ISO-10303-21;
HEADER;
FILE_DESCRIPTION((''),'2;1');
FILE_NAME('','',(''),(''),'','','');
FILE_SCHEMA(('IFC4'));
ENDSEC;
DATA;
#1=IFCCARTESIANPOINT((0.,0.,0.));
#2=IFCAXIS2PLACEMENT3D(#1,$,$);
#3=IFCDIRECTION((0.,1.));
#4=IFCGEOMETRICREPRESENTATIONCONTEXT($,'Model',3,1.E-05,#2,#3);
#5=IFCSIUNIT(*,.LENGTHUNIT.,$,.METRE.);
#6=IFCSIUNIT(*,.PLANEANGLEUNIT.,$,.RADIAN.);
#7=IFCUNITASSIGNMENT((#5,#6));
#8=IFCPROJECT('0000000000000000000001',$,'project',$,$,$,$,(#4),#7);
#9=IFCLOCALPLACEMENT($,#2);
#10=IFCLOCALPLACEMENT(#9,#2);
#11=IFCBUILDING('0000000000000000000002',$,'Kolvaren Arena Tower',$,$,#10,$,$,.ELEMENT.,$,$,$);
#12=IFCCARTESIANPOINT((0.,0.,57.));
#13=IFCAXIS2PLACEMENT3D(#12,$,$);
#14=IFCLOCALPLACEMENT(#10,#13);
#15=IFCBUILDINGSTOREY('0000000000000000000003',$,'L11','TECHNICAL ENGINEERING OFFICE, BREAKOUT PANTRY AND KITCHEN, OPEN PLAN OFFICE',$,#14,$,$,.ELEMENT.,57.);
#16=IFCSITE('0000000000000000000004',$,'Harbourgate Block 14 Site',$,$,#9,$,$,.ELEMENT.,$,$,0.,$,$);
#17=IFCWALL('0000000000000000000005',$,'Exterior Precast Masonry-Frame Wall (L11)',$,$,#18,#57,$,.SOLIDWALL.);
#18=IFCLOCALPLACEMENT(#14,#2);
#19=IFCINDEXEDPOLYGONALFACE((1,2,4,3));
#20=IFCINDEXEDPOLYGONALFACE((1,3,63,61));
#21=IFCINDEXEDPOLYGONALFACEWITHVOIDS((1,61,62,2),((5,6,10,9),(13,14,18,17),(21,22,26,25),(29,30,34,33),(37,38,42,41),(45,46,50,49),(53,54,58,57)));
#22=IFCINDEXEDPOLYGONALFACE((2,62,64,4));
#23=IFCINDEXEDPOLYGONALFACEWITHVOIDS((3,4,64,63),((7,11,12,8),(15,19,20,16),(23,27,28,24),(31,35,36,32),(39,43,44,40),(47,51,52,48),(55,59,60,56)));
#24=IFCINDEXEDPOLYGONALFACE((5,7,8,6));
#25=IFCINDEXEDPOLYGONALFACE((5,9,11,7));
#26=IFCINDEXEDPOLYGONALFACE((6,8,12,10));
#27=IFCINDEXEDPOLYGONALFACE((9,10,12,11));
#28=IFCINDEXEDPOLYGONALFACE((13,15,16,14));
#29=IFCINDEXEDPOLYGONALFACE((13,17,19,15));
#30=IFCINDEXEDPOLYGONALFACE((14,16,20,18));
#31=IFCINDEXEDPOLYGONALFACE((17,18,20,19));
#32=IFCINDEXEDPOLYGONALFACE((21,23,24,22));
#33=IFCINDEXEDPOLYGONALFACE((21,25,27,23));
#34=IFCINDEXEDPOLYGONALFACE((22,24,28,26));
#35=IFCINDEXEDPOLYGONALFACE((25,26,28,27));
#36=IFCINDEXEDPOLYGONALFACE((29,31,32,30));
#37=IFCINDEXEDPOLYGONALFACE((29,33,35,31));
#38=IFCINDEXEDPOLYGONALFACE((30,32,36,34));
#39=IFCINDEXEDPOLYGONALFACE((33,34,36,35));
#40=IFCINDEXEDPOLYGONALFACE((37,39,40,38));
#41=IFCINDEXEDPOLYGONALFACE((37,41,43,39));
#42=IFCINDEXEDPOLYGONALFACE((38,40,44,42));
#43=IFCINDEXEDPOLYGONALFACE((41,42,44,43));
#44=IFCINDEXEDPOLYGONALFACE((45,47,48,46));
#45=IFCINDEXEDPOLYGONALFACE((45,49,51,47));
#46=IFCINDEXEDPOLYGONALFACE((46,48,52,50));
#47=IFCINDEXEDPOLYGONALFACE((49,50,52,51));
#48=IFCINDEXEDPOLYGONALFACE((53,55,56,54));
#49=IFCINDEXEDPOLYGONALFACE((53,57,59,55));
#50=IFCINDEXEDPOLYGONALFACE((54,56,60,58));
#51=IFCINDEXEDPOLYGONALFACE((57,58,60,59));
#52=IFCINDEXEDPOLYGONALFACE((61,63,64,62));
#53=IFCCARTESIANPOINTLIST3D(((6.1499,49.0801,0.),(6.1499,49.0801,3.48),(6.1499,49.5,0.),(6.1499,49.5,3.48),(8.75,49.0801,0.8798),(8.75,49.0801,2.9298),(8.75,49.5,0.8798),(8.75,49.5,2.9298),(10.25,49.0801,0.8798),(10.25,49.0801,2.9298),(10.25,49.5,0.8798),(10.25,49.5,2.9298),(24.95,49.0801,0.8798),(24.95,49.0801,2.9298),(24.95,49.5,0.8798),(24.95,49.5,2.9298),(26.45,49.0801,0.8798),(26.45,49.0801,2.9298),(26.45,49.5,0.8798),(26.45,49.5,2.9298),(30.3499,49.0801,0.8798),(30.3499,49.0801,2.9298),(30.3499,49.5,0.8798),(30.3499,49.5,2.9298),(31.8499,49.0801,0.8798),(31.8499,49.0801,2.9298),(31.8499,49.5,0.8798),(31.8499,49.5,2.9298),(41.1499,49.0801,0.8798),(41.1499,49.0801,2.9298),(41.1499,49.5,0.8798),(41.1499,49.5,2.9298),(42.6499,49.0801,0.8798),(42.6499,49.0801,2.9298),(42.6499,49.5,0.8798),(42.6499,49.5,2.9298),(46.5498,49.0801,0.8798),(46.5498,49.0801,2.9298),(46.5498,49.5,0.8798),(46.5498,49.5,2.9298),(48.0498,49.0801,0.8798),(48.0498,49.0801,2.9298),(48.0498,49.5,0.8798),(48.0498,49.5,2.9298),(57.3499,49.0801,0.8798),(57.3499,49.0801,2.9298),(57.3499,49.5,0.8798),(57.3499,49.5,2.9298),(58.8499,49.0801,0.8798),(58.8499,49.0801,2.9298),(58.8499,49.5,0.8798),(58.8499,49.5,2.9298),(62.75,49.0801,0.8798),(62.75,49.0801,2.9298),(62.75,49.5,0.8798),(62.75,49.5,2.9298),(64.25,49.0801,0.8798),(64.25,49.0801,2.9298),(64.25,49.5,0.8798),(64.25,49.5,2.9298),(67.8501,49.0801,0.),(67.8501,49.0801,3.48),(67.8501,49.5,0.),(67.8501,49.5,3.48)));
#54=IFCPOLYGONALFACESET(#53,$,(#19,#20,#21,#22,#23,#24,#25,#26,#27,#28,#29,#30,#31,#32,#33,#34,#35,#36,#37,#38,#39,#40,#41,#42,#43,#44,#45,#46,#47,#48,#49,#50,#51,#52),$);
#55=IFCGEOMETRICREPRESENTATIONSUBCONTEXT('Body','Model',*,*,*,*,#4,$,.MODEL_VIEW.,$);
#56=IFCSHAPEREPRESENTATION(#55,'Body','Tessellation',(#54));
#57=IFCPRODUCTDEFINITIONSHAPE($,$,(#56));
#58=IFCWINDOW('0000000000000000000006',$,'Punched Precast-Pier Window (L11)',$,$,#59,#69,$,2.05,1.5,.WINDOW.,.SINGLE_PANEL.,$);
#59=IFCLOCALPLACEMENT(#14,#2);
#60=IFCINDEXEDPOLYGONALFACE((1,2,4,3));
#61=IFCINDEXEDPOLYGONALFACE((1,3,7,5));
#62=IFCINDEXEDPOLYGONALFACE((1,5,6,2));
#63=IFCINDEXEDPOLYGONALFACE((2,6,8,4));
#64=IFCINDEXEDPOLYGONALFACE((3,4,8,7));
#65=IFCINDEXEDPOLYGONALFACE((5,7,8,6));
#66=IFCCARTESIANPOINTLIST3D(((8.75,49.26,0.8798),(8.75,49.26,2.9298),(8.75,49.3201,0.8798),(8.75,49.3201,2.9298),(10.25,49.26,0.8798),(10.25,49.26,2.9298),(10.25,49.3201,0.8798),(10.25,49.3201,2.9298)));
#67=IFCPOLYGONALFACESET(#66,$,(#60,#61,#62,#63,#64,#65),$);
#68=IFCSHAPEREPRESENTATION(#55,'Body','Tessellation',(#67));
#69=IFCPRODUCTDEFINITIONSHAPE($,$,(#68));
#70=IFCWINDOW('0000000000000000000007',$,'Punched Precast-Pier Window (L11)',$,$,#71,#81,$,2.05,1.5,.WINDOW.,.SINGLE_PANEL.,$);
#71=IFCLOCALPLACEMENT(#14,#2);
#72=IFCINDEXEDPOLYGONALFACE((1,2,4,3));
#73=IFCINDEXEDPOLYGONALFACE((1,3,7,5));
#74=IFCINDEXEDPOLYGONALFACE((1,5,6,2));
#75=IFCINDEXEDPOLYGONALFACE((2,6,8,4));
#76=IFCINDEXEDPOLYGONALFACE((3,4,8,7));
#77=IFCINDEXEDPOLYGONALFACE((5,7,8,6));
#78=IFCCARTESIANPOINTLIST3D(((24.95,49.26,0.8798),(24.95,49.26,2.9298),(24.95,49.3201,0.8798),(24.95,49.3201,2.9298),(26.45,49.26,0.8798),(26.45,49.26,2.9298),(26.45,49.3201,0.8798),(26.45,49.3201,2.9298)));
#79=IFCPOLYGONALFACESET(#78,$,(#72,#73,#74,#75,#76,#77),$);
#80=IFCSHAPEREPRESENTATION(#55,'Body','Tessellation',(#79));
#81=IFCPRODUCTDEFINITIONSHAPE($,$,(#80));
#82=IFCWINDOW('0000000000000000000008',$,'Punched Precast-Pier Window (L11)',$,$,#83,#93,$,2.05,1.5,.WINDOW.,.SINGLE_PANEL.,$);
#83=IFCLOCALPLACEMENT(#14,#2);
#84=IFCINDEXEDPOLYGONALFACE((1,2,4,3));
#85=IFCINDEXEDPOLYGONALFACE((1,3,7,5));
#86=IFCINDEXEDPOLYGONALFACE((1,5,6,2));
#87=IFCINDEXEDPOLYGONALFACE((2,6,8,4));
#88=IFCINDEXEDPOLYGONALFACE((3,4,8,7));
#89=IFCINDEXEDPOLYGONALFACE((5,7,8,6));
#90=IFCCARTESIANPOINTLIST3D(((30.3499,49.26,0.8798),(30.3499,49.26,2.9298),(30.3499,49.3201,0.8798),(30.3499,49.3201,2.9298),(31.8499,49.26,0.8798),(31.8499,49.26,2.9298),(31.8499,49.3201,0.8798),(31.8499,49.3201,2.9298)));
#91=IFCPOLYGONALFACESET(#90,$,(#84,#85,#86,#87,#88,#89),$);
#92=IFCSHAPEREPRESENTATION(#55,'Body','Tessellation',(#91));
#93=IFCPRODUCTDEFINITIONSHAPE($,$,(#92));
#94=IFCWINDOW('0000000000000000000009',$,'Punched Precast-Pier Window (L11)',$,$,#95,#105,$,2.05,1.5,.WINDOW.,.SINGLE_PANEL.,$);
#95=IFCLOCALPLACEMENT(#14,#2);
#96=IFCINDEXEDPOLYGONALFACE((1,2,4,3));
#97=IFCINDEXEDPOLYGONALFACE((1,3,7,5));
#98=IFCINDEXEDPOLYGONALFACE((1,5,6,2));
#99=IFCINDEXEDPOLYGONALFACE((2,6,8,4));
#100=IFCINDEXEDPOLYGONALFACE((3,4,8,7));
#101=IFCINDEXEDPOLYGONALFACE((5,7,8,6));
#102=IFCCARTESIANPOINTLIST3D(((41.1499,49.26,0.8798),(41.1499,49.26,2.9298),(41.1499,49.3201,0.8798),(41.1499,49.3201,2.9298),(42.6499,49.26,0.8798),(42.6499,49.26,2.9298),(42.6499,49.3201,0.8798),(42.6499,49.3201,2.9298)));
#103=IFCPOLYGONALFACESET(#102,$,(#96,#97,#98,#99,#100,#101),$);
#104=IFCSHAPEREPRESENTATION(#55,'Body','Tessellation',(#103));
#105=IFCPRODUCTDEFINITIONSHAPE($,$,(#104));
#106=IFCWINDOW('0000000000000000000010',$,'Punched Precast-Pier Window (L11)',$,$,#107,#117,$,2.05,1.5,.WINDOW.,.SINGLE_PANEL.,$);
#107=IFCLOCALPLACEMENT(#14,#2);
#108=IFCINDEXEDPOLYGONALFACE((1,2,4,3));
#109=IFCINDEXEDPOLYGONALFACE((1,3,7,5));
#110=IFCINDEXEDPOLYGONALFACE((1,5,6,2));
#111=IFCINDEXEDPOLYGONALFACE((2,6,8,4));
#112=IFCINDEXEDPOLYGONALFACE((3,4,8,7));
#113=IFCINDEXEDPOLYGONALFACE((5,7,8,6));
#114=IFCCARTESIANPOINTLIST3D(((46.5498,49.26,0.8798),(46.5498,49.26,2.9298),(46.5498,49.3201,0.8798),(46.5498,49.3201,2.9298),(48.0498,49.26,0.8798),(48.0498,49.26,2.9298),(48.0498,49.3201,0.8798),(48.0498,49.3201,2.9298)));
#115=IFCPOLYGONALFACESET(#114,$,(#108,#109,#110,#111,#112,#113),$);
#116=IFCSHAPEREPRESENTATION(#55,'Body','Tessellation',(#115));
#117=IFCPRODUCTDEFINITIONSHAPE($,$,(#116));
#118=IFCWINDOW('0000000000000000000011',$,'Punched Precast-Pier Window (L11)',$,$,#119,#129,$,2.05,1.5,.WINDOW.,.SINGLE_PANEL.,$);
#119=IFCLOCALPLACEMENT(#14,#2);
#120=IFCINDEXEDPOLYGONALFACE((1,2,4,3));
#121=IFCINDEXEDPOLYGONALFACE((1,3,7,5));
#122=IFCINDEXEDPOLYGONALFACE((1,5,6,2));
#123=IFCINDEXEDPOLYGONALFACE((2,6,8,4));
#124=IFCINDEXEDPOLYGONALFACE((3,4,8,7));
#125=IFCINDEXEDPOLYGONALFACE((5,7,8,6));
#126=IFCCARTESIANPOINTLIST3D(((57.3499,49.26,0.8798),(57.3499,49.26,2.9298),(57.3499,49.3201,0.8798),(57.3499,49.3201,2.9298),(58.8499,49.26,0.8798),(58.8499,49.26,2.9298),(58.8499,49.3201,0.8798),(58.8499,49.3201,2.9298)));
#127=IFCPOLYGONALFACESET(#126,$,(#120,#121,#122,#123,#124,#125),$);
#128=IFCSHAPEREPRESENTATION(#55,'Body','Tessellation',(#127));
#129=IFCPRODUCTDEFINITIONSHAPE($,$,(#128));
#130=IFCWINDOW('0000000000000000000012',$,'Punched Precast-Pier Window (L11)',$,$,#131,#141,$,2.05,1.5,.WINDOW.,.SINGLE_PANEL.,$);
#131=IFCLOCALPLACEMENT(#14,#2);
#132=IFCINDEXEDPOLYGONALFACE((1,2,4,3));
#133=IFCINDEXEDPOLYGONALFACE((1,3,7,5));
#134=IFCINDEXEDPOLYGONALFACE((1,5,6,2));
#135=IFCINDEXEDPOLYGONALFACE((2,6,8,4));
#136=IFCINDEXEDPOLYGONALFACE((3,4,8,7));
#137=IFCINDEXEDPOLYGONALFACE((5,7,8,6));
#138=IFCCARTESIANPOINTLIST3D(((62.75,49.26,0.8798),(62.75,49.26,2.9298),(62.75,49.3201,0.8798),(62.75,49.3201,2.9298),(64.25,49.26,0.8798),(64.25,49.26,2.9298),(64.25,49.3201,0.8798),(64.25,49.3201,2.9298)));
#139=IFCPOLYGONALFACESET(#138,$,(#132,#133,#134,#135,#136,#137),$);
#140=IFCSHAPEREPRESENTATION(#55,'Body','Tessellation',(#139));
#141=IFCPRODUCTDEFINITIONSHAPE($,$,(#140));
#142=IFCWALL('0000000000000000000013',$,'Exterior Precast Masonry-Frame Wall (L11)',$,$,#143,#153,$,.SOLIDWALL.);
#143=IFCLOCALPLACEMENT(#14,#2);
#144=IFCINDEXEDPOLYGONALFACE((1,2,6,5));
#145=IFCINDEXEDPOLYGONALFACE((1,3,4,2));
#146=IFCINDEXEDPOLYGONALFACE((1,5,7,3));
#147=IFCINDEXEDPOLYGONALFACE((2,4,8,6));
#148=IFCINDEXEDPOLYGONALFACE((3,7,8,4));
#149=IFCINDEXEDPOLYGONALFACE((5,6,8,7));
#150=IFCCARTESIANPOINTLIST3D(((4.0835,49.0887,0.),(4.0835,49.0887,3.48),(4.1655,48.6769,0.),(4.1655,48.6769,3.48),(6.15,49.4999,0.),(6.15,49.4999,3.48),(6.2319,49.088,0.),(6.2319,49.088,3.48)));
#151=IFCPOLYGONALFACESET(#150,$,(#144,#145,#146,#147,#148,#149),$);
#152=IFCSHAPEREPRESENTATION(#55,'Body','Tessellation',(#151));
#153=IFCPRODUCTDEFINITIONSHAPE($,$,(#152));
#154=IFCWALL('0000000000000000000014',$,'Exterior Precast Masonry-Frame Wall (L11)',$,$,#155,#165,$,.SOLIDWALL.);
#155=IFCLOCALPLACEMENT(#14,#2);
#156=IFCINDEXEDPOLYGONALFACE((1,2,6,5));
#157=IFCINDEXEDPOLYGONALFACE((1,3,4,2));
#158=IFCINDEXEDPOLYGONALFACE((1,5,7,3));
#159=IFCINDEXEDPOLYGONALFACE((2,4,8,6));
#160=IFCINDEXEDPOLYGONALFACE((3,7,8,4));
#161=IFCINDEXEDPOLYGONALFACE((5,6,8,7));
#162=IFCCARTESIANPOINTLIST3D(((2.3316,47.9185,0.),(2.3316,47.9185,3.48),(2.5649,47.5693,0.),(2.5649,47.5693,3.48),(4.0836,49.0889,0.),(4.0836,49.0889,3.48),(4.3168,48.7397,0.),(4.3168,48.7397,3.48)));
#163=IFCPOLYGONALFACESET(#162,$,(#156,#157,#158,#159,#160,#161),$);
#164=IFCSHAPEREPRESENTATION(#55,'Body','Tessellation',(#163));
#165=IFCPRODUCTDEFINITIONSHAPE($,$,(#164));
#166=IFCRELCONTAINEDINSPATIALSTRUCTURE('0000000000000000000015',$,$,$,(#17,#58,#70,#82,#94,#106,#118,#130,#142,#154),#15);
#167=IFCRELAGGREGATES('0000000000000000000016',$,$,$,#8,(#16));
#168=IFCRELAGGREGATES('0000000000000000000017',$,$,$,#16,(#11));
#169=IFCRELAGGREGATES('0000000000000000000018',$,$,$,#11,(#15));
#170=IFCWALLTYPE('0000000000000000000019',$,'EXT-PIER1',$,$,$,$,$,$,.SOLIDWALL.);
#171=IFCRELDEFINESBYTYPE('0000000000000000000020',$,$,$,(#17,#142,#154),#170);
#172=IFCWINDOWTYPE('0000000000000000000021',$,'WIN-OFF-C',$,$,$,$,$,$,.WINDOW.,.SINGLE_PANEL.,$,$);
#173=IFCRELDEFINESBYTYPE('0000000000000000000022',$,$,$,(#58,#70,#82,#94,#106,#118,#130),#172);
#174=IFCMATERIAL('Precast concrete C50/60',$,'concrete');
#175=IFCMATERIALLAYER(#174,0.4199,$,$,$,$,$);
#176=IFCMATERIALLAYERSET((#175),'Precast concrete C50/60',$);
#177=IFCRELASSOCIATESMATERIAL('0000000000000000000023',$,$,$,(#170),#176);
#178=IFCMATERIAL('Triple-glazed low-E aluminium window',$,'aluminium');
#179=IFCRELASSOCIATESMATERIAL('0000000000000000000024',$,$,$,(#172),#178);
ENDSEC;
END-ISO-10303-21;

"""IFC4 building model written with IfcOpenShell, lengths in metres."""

from ifc_helpers import new_model, si_unit, direction, frame, frame_2d, origin, place, context, subcontext, project, spatial, rectangle, extrude, material, layer, layer_set, type_object, element, fill, save


model = new_model("IFC4")

# Units and contexts
model_context = context("Model", 3, precision=1e-05, world=origin(), true_north=direction((0.0, 1.0)))
body_context = subcontext(model_context, "Body", "Model", "MODEL_VIEW")
ifc_project = project(units=[si_unit("LENGTHUNIT", "METRE"), si_unit("PLANEANGLEUNIT", "RADIAN")], contexts=[model_context])

# Site, building, storey
site_placement = place(None, origin())
site = spatial("IfcSite", under=ifc_project, at=site_placement, Name="Harbourgate Block 14 Site", CompositionType="ELEMENT", RefElevation=0.0)
building_placement = place(site_placement, origin())
building = spatial("IfcBuilding", under=site, at=building_placement, Name="Kolvaren Arena Tower", CompositionType="ELEMENT")
storey_placement = place(building_placement, frame((0.0, 0.0, 57.0)))
storey = spatial("IfcBuildingStorey", under=building, at=storey_placement, Name="L11", Description="TECHNICAL ENGINEERING OFFICE, BREAKOUT PANTRY AND KITCHEN, OPEN PLAN OFFICE", CompositionType="ELEMENT", Elevation=57.0)

# Wall, openings, windows
ifc_material_1 = material(Name="Precast concrete C50/60", Category="concrete")
ifc_layer_1 = layer(ifc_material_1, 0.4199)
ifc_layer_set_1 = layer_set([ifc_layer_1], Name="Precast concrete C50/60")
wall_type_1 = type_object("IfcWallType", Name="EXT-PIER1", PredefinedType="SOLIDWALL", material=ifc_layer_set_1)
wall_1_placement = place(storey_placement, frame((6.1499, 49.29, 0.0), z_axis=(0.0, 0.0, 1.0), x_axis=(1.0, 0.0, 0.0)))
wall_1 = element("IfcWall", 1, at=wall_1_placement, inside=storey, type_object=wall_type_1, Name="Exterior Precast Masonry-Frame Wall (L11)", PredefinedType="SOLIDWALL", context=body_context, shape_type="SweptSolid", body=[
    extrude(rectangle(XDim=61.7002, YDim=0.4199, at=frame_2d((30.8501, 0.0))), origin(), (0.0, 0.0, 1.0), 3.48),
])
opening_1_placement = place(wall_1_placement, frame((2.6001, 0.0, 0.8799)))
opening_1 = element("IfcOpeningElement", 2, at=opening_1_placement, cuts=wall_1, PredefinedType="OPENING", context=body_context, shape_type="SweptSolid", body=[
    extrude(rectangle(XDim=1.5, YDim=2.05, at=frame_2d((0.75, 1.0249))), frame((0.0, 0.22, 0.0), z_axis=(0.0, -1.0, 0.0), x_axis=(1.0, 0.0, 0.0)), (0.0, 0.0, 1.0), 0.4399),
])
opening_2_placement = place(wall_1_placement, frame((18.8, 0.0, 0.8799)))
opening_2 = element("IfcOpeningElement", 3, at=opening_2_placement, cuts=wall_1, PredefinedType="OPENING", context=body_context, shape_type="SweptSolid", body=[
    extrude(rectangle(XDim=1.5, YDim=2.05, at=frame_2d((0.75, 1.0249))), frame((0.0, 0.22, 0.0), z_axis=(0.0, -1.0, 0.0), x_axis=(1.0, 0.0, 0.0)), (0.0, 0.0, 1.0), 0.4399),
])
opening_3_placement = place(wall_1_placement, frame((24.2, 0.0, 0.8799)))
opening_3 = element("IfcOpeningElement", 4, at=opening_3_placement, cuts=wall_1, PredefinedType="OPENING", context=body_context, shape_type="SweptSolid", body=[
    extrude(rectangle(XDim=1.5, YDim=2.05, at=frame_2d((0.75, 1.0249))), frame((0.0, 0.22, 0.0), z_axis=(0.0, -1.0, 0.0), x_axis=(1.0, 0.0, 0.0)), (0.0, 0.0, 1.0), 0.4399),
])
opening_4_placement = place(wall_1_placement, frame((35.0, 0.0, 0.8799)))
opening_4 = element("IfcOpeningElement", 5, at=opening_4_placement, cuts=wall_1, PredefinedType="OPENING", context=body_context, shape_type="SweptSolid", body=[
    extrude(rectangle(XDim=1.5, YDim=2.05, at=frame_2d((0.75, 1.0249))), frame((0.0, 0.22, 0.0), z_axis=(0.0, -1.0, 0.0), x_axis=(1.0, 0.0, 0.0)), (0.0, 0.0, 1.0), 0.4399),
])
opening_5_placement = place(wall_1_placement, frame((40.3999, 0.0, 0.8799)))
opening_5 = element("IfcOpeningElement", 6, at=opening_5_placement, cuts=wall_1, PredefinedType="OPENING", context=body_context, shape_type="SweptSolid", body=[
    extrude(rectangle(XDim=1.5, YDim=2.05, at=frame_2d((0.75, 1.0249))), frame((0.0, 0.22, 0.0), z_axis=(0.0, -1.0, 0.0), x_axis=(1.0, 0.0, 0.0)), (0.0, 0.0, 1.0), 0.4399),
])
opening_6_placement = place(wall_1_placement, frame((51.2, 0.0, 0.8799)))
opening_6 = element("IfcOpeningElement", 7, at=opening_6_placement, cuts=wall_1, PredefinedType="OPENING", context=body_context, shape_type="SweptSolid", body=[
    extrude(rectangle(XDim=1.5, YDim=2.05, at=frame_2d((0.75, 1.0249))), frame((0.0, 0.22, 0.0), z_axis=(0.0, -1.0, 0.0), x_axis=(1.0, 0.0, 0.0)), (0.0, 0.0, 1.0), 0.4399),
])
opening_7_placement = place(wall_1_placement, frame((56.6001, 0.0, 0.8799)))
opening_7 = element("IfcOpeningElement", 8, at=opening_7_placement, cuts=wall_1, PredefinedType="OPENING", context=body_context, shape_type="SweptSolid", body=[
    extrude(rectangle(XDim=1.5, YDim=2.05, at=frame_2d((0.75, 1.0249))), frame((0.0, 0.22, 0.0), z_axis=(0.0, -1.0, 0.0), x_axis=(1.0, 0.0, 0.0)), (0.0, 0.0, 1.0), 0.4399),
])
ifc_material_2 = material(Name="Triple-glazed low-E aluminium window", Category="aluminium")
window_type = type_object("IfcWindowType", Name="WIN-OFF-C", PartitioningType="SINGLE_PANEL", PredefinedType="WINDOW", material=ifc_material_2)
window_1_placement = place(opening_1_placement, origin())
window_1 = element("IfcWindow", 9, at=window_1_placement, inside=storey, type_object=window_type, Name="Punched Precast-Pier Window (L11)", OverallHeight=2.05, OverallWidth=1.5, PartitioningType="SINGLE_PANEL", PredefinedType="WINDOW", context=body_context, shape_type="SweptSolid", body=[
    extrude(rectangle(XDim=1.5, YDim=2.05, at=frame_2d((0.75, 1.0249))), frame((0.0, 0.03, 0.0), z_axis=(0.0, -1.0, 0.0), x_axis=(1.0, 0.0, 0.0)), (0.0, 0.0, 1.0), 0.0601),
])
fill(opening_1, window_1)
window_2_placement = place(opening_2_placement, origin())
window_2 = element("IfcWindow", 10, at=window_2_placement, inside=storey, type_object=window_type, Name="Punched Precast-Pier Window (L11)", OverallHeight=2.05, OverallWidth=1.5, PartitioningType="SINGLE_PANEL", PredefinedType="WINDOW", context=body_context, shape_type="SweptSolid", body=[
    extrude(rectangle(XDim=1.5, YDim=2.05, at=frame_2d((0.75, 1.0249))), frame((0.0, 0.03, 0.0), z_axis=(0.0, -1.0, 0.0), x_axis=(1.0, 0.0, 0.0)), (0.0, 0.0, 1.0), 0.0601),
])
fill(opening_2, window_2)
window_3_placement = place(opening_3_placement, origin())
window_3 = element("IfcWindow", 11, at=window_3_placement, inside=storey, type_object=window_type, Name="Punched Precast-Pier Window (L11)", OverallHeight=2.05, OverallWidth=1.5, PartitioningType="SINGLE_PANEL", PredefinedType="WINDOW", context=body_context, shape_type="SweptSolid", body=[
    extrude(rectangle(XDim=1.5, YDim=2.05, at=frame_2d((0.75, 1.0249))), frame((0.0, 0.03, 0.0), z_axis=(0.0, -1.0, 0.0), x_axis=(1.0, 0.0, 0.0)), (0.0, 0.0, 1.0), 0.0601),
])
fill(opening_3, window_3)
window_4_placement = place(opening_4_placement, origin())
window_4 = element("IfcWindow", 12, at=window_4_placement, inside=storey, type_object=window_type, Name="Punched Precast-Pier Window (L11)", OverallHeight=2.05, OverallWidth=1.5, PartitioningType="SINGLE_PANEL", PredefinedType="WINDOW", context=body_context, shape_type="SweptSolid", body=[
    extrude(rectangle(XDim=1.5, YDim=2.05, at=frame_2d((0.75, 1.0249))), frame((0.0, 0.03, 0.0), z_axis=(0.0, -1.0, 0.0), x_axis=(1.0, 0.0, 0.0)), (0.0, 0.0, 1.0), 0.0601),
])
fill(opening_4, window_4)
window_5_placement = place(opening_5_placement, origin())
window_5 = element("IfcWindow", 13, at=window_5_placement, inside=storey, type_object=window_type, Name="Punched Precast-Pier Window (L11)", OverallHeight=2.05, OverallWidth=1.5, PartitioningType="SINGLE_PANEL", PredefinedType="WINDOW", context=body_context, shape_type="SweptSolid", body=[
    extrude(rectangle(XDim=1.5, YDim=2.05, at=frame_2d((0.75, 1.0249))), frame((0.0, 0.03, 0.0), z_axis=(0.0, -1.0, 0.0), x_axis=(1.0, 0.0, 0.0)), (0.0, 0.0, 1.0), 0.0601),
])
fill(opening_5, window_5)
window_6_placement = place(opening_6_placement, origin())
window_6 = element("IfcWindow", 14, at=window_6_placement, inside=storey, type_object=window_type, Name="Punched Precast-Pier Window (L11)", OverallHeight=2.05, OverallWidth=1.5, PartitioningType="SINGLE_PANEL", PredefinedType="WINDOW", context=body_context, shape_type="SweptSolid", body=[
    extrude(rectangle(XDim=1.5, YDim=2.05, at=frame_2d((0.75, 1.0249))), frame((0.0, 0.03, 0.0), z_axis=(0.0, -1.0, 0.0), x_axis=(1.0, 0.0, 0.0)), (0.0, 0.0, 1.0), 0.0601),
])
fill(opening_6, window_6)
window_7_placement = place(opening_7_placement, origin())
window_7 = element("IfcWindow", 15, at=window_7_placement, inside=storey, type_object=window_type, Name="Punched Precast-Pier Window (L11)", OverallHeight=2.05, OverallWidth=1.5, PartitioningType="SINGLE_PANEL", PredefinedType="WINDOW", context=body_context, shape_type="SweptSolid", body=[
    extrude(rectangle(XDim=1.5, YDim=2.05, at=frame_2d((0.75, 1.0249))), frame((0.0, 0.03, 0.0), z_axis=(0.0, -1.0, 0.0), x_axis=(1.0, 0.0, 0.0)), (0.0, 0.0, 1.0), 0.0601),
])
fill(opening_7, window_7)

# Walls
for number, where, z_axis, x_axis, name in (
    (16, (4.1245, 48.8828, 0.0), (0.0, 0.0, 1.0), (0.980776, 0.195136, 0.0), "Exterior Precast Masonry-Frame Wall (L11)"),
    (17, (2.4482, 47.7439, 0.0), (0.0, 0.0, 1.0), (0.831515, 0.555502, 0.0), "Exterior Precast Masonry-Frame Wall (L11)"),
):
    element("IfcWall", number, at=place(storey_placement, frame(where, z_axis=z_axis, x_axis=x_axis)), inside=storey, type_object=wall_type_1, Name=name, PredefinedType="SOLIDWALL", context=body_context, shape_type="SweptSolid", body=[
        extrude(rectangle(XDim=2.1069, YDim=0.4199, at=frame_2d((1.0535, 0.0))), origin(), (0.0, 0.0, 1.0), 3.48),
    ])

save(model, "model.ifc")
